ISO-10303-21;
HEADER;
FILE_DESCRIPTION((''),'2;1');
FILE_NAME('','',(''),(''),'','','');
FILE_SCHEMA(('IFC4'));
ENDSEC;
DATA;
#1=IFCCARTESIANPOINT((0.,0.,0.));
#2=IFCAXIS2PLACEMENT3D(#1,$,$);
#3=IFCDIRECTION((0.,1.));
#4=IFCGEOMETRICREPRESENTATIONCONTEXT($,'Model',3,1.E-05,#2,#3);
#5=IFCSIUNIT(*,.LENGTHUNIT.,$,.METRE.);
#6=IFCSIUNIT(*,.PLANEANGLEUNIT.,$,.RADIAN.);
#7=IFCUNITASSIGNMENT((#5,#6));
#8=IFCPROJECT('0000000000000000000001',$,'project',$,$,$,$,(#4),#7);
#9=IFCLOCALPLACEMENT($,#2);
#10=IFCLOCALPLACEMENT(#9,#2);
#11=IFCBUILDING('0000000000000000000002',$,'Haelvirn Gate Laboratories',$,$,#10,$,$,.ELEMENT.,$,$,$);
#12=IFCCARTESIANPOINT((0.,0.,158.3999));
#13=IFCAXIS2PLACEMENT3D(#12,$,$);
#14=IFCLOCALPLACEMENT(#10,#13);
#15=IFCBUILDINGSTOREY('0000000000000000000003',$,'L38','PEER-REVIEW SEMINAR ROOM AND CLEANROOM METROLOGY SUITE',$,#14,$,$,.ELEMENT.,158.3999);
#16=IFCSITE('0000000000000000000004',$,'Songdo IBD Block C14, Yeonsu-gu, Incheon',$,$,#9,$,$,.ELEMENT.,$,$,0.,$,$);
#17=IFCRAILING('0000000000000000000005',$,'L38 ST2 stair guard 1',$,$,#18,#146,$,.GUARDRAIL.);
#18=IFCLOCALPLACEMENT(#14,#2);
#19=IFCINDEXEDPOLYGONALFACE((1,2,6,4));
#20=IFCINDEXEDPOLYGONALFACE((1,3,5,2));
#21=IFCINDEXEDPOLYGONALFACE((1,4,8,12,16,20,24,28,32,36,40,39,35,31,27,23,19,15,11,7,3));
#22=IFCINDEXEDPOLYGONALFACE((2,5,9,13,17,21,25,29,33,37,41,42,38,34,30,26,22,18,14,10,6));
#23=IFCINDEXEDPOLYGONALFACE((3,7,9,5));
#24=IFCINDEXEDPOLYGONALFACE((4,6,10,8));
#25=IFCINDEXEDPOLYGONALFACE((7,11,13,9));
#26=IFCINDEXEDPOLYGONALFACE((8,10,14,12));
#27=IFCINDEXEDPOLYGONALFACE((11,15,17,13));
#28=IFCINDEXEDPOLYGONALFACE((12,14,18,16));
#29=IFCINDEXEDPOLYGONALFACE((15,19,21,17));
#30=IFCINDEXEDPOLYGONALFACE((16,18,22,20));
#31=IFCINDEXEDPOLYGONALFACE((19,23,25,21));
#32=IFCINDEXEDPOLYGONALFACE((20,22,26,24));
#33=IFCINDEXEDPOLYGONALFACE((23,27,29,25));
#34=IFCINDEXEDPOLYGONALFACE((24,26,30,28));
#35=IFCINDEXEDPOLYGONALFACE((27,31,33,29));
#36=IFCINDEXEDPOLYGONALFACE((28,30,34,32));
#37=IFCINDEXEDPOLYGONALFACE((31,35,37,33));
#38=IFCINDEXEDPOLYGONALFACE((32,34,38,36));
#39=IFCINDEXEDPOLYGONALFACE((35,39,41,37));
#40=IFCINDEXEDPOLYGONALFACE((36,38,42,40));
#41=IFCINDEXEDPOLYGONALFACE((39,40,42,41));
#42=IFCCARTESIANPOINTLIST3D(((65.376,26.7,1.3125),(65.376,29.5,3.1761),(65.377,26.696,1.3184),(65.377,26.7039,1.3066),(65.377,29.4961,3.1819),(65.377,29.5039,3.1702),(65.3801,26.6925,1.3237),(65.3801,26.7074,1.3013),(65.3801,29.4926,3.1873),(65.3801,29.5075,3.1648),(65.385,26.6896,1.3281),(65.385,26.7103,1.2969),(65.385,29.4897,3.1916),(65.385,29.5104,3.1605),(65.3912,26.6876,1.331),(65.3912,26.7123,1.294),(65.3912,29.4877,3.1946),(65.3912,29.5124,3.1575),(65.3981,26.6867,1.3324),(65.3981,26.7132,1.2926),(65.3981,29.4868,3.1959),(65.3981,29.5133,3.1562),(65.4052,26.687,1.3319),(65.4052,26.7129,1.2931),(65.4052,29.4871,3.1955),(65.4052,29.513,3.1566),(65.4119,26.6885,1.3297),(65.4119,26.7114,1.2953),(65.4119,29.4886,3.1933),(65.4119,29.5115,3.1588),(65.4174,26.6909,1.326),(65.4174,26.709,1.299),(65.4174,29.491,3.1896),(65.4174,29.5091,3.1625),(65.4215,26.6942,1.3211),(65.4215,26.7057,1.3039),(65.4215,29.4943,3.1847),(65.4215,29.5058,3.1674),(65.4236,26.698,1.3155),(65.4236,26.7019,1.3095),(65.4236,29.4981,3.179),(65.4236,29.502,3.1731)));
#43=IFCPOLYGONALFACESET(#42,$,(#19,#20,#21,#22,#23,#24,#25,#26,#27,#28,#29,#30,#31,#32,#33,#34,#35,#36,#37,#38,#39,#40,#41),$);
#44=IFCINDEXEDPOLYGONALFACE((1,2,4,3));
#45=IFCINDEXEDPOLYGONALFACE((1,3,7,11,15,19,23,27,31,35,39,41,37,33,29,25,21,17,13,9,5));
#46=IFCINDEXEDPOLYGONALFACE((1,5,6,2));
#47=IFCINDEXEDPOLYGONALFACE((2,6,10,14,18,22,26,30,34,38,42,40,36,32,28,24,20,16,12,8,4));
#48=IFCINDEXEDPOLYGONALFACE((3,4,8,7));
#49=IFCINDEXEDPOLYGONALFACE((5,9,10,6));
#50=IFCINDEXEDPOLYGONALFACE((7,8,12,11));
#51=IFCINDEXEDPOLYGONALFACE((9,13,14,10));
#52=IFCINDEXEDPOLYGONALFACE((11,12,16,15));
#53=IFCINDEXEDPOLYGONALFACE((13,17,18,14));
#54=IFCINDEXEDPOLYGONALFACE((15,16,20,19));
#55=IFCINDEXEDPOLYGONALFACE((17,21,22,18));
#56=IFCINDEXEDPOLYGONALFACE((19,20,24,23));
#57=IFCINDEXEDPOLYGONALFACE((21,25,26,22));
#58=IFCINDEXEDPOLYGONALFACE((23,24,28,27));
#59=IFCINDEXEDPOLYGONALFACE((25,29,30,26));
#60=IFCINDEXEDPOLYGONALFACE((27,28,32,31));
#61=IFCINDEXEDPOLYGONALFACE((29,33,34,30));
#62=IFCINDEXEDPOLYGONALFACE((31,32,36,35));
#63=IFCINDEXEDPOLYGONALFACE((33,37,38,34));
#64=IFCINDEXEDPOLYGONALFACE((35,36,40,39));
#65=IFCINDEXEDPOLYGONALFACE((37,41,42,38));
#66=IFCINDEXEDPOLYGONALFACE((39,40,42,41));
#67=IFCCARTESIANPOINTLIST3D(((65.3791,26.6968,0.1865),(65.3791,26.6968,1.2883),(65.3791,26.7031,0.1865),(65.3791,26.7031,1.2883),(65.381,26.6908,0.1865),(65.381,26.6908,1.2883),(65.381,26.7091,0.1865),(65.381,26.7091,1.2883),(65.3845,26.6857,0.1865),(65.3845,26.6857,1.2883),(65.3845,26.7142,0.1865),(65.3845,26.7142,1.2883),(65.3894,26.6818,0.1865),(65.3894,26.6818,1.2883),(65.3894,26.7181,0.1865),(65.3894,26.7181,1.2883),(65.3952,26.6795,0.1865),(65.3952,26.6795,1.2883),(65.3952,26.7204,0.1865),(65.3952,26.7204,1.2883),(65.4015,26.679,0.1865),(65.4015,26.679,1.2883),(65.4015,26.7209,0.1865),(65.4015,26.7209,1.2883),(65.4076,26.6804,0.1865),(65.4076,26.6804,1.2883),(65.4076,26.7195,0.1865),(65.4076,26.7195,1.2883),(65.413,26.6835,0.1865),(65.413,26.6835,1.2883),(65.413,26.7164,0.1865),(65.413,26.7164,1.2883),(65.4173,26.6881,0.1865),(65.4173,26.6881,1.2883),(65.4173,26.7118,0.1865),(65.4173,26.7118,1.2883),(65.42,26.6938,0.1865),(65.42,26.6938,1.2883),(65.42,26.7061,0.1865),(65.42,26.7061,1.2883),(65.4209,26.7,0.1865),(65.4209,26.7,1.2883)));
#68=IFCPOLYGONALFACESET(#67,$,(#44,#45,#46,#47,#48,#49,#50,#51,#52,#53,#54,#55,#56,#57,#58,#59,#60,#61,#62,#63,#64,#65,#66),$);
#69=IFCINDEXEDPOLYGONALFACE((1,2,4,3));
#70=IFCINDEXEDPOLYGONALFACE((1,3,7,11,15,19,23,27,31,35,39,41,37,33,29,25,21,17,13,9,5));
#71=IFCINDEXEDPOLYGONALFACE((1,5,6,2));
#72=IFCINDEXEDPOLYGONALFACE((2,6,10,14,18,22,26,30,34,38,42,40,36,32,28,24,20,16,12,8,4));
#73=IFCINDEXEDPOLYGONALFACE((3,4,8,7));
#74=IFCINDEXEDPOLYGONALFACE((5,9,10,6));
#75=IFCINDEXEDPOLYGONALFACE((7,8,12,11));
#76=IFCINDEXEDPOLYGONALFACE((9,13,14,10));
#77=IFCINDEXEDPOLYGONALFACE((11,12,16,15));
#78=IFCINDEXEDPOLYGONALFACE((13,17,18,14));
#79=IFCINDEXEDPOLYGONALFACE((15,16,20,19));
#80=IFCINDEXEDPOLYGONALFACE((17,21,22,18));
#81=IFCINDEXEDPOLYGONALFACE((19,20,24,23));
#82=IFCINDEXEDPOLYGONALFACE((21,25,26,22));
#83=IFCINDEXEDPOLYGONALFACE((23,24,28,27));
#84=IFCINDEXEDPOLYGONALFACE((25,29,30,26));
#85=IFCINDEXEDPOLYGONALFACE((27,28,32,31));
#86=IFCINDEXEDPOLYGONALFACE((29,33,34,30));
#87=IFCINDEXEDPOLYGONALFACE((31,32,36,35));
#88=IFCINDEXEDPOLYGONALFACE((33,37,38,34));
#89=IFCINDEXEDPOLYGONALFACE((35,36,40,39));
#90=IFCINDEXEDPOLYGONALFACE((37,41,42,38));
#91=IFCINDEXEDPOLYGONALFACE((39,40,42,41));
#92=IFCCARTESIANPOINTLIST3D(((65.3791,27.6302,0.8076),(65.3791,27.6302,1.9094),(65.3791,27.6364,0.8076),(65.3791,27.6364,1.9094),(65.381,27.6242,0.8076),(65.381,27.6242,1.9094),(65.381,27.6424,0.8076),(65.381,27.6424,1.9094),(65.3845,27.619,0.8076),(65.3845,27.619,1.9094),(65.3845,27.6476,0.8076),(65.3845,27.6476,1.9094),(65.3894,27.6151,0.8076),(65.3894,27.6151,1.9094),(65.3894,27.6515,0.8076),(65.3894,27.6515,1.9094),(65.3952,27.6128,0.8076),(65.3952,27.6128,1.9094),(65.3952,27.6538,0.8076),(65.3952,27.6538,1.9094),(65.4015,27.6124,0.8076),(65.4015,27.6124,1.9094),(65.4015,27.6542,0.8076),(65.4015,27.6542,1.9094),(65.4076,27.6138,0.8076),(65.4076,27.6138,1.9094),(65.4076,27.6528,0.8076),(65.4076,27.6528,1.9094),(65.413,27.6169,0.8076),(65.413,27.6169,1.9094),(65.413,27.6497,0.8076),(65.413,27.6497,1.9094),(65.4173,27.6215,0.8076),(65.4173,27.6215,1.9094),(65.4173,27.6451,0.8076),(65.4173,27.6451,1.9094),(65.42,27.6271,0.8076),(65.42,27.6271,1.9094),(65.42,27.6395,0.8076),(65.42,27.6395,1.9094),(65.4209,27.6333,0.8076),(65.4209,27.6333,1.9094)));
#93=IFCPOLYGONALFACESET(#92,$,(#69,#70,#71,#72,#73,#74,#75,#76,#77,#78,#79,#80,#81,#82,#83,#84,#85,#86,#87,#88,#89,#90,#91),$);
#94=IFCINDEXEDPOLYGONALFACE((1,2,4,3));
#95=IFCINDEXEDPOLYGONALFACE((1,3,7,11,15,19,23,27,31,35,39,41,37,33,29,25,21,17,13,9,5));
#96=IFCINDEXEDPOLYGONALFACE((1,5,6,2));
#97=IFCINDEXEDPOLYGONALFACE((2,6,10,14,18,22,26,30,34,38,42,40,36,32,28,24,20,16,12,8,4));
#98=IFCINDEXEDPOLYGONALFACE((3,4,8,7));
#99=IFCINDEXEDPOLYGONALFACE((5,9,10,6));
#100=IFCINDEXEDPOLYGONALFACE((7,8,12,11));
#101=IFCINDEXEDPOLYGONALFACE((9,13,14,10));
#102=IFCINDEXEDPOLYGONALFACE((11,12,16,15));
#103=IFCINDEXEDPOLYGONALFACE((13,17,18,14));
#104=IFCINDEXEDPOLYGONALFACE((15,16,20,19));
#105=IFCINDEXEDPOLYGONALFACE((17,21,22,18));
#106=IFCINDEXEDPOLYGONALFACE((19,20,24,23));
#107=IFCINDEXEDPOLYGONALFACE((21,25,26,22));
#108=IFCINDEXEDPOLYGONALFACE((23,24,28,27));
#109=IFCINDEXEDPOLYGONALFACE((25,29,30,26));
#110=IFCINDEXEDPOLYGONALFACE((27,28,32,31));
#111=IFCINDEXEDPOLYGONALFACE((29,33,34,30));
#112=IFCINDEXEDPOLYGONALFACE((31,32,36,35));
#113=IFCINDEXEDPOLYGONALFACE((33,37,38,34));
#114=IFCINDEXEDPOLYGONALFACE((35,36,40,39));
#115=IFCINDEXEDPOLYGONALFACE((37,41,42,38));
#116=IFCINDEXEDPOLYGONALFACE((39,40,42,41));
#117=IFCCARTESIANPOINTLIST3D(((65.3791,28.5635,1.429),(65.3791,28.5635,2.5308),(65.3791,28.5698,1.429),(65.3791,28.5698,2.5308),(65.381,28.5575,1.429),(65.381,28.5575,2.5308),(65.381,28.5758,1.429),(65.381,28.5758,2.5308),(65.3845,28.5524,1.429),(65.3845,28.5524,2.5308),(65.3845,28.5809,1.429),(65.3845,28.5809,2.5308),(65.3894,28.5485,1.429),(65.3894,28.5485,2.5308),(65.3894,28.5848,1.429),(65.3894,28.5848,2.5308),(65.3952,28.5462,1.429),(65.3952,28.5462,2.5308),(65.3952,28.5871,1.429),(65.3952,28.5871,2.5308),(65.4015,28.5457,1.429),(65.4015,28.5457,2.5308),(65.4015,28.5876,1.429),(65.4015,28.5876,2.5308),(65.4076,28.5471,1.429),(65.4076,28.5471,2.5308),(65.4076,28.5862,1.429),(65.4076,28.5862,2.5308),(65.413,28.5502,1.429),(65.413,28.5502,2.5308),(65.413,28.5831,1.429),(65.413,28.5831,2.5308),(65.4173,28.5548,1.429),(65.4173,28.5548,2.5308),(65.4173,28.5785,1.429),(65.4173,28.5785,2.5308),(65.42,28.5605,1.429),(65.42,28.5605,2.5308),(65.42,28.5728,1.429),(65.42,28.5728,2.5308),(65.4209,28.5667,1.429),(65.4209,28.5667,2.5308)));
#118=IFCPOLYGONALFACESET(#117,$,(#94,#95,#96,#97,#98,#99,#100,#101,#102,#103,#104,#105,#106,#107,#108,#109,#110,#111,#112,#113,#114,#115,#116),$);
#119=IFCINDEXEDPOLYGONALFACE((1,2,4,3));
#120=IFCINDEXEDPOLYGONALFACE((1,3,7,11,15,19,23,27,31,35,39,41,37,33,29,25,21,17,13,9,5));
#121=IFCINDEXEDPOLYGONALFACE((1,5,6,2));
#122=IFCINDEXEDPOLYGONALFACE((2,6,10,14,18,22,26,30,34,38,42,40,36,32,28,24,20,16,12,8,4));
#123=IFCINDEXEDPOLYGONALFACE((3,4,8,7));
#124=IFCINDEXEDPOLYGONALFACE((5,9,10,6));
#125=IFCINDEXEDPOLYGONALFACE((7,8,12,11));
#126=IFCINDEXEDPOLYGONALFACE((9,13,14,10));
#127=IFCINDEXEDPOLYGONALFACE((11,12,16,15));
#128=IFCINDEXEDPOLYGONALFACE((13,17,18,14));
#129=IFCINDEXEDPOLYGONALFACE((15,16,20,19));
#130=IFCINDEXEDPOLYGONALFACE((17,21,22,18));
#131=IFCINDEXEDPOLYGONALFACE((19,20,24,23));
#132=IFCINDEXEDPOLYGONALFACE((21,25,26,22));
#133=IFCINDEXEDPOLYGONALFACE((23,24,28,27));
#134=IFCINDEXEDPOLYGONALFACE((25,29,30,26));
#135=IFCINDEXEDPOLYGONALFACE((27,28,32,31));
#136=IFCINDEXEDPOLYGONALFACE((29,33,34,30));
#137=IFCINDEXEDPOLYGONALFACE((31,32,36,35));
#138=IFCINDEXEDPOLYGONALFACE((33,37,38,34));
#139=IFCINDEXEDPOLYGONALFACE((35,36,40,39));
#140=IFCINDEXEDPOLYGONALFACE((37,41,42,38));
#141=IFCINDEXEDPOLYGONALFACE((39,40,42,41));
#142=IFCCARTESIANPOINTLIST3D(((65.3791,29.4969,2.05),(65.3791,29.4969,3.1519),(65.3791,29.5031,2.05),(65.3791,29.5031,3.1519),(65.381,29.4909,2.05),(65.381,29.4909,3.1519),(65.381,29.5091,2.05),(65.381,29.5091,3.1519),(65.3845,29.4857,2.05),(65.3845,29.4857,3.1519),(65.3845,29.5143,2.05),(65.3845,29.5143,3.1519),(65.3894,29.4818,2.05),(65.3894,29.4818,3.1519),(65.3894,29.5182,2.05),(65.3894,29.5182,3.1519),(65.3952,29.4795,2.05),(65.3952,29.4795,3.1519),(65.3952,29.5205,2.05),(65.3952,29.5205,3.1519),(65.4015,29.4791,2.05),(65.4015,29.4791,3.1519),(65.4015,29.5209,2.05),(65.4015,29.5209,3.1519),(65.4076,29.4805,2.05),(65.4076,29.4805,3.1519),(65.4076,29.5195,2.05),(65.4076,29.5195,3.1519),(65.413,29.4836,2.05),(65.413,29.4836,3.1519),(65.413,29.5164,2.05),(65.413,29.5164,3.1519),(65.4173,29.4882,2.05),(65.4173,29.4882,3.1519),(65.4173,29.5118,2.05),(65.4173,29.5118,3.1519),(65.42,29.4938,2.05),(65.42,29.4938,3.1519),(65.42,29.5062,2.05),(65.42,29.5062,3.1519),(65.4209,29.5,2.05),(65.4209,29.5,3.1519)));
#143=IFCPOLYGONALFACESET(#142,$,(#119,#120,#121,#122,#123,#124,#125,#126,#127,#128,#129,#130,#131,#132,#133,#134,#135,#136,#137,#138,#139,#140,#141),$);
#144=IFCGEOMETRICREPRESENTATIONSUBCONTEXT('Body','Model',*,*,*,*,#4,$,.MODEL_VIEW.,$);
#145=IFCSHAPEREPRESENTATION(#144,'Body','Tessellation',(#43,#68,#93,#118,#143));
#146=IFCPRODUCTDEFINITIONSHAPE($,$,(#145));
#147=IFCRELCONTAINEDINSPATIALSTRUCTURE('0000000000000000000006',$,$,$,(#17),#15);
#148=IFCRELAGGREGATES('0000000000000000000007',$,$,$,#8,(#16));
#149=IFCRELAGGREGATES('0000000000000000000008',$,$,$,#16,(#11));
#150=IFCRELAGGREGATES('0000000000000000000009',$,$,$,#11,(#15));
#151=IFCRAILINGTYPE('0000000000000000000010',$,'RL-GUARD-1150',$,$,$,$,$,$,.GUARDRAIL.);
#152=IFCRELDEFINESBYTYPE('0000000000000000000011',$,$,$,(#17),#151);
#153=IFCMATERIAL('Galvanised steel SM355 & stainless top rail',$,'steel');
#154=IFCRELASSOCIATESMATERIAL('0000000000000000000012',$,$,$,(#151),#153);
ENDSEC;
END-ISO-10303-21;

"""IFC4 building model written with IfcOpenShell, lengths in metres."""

from ifc_helpers import new_model, si_unit, direction, frame, origin, origin_2d, place, context, subcontext, project, spatial, circle, extrude, source, transform, mapped, material, type_object, element, save


model = new_model("IFC4")

# Units and contexts
model_context = context("Model", 3, precision=1e-05, world=origin(), true_north=direction((0.0, 1.0)))
body_context = subcontext(model_context, "Body", "Model", "MODEL_VIEW")
ifc_project = project(units=[si_unit("LENGTHUNIT", "METRE"), si_unit("PLANEANGLEUNIT", "RADIAN")], contexts=[model_context])

# Site, building, storey
site_placement = place(None, origin())
site = spatial("IfcSite", under=ifc_project, at=site_placement, Name="Songdo IBD Block C14, Yeonsu-gu, Incheon", CompositionType="ELEMENT", RefElevation=0.0)
building_placement = place(site_placement, origin())
building = spatial("IfcBuilding", under=site, at=building_placement, Name="Haelvirn Gate Laboratories", CompositionType="ELEMENT")
storey_placement = place(building_placement, frame((0.0, 0.0, 158.3999)))
storey = spatial("IfcBuildingStorey", under=building, at=storey_placement, Name="L38", Description="PEER-REVIEW SEMINAR ROOM AND CLEANROOM METROLOGY SUITE", CompositionType="ELEMENT", Elevation=158.3999)

# Railing
ifc_material_1 = material(Name="Galvanised steel SM355 & stainless top rail", Category="steel")
railing_type_1 = type_object("IfcRailingType", Name="RL-GUARD-1150", PredefinedType="GUARDRAIL", material=ifc_material_1)
shared_shape_1 = source(origin(), body_context, "Body", "SweptSolid", [
    extrude(circle(Radius=0.0239, at=origin_2d()), frame((0.0, 0.0, 1.126), z_axis=(0.0, 0.832486, 0.554047), x_axis=(-1.0, 0.0, 0.0)), (0.0, 0.0, 1.0), 3.3635),
    extrude(circle(Radius=0.021, at=origin_2d()), origin(), (0.0, 0.0, 1.0), 1.1018),
    extrude(circle(Radius=0.021, at=origin_2d()), frame((0.0, 0.9333, 0.6211)), (0.0, 0.0, 1.0), 1.1018),
    extrude(circle(Radius=0.021, at=origin_2d()), frame((0.0, 1.8667, 1.2424)), (0.0, 0.0, 1.0), 1.1018),
    extrude(circle(Radius=0.021, at=origin_2d()), frame((0.0, 2.8, 1.8635)), (0.0, 0.0, 1.0), 1.1018),
])
railing_1_placement = place(storey_placement, frame((65.3999, 26.7, 0.1865)))
element("IfcRailing", 1, at=railing_1_placement, inside=storey, type_object=railing_type_1, Name="L38 ST2 stair guard 1", PredefinedType="GUARDRAIL", context=body_context, shape_type="MappedRepresentation", body=[
    mapped(shared_shape_1, transform((0.0, 0.0, 0.0), scale=1.0)),
])

save(model, "model.ifc")
